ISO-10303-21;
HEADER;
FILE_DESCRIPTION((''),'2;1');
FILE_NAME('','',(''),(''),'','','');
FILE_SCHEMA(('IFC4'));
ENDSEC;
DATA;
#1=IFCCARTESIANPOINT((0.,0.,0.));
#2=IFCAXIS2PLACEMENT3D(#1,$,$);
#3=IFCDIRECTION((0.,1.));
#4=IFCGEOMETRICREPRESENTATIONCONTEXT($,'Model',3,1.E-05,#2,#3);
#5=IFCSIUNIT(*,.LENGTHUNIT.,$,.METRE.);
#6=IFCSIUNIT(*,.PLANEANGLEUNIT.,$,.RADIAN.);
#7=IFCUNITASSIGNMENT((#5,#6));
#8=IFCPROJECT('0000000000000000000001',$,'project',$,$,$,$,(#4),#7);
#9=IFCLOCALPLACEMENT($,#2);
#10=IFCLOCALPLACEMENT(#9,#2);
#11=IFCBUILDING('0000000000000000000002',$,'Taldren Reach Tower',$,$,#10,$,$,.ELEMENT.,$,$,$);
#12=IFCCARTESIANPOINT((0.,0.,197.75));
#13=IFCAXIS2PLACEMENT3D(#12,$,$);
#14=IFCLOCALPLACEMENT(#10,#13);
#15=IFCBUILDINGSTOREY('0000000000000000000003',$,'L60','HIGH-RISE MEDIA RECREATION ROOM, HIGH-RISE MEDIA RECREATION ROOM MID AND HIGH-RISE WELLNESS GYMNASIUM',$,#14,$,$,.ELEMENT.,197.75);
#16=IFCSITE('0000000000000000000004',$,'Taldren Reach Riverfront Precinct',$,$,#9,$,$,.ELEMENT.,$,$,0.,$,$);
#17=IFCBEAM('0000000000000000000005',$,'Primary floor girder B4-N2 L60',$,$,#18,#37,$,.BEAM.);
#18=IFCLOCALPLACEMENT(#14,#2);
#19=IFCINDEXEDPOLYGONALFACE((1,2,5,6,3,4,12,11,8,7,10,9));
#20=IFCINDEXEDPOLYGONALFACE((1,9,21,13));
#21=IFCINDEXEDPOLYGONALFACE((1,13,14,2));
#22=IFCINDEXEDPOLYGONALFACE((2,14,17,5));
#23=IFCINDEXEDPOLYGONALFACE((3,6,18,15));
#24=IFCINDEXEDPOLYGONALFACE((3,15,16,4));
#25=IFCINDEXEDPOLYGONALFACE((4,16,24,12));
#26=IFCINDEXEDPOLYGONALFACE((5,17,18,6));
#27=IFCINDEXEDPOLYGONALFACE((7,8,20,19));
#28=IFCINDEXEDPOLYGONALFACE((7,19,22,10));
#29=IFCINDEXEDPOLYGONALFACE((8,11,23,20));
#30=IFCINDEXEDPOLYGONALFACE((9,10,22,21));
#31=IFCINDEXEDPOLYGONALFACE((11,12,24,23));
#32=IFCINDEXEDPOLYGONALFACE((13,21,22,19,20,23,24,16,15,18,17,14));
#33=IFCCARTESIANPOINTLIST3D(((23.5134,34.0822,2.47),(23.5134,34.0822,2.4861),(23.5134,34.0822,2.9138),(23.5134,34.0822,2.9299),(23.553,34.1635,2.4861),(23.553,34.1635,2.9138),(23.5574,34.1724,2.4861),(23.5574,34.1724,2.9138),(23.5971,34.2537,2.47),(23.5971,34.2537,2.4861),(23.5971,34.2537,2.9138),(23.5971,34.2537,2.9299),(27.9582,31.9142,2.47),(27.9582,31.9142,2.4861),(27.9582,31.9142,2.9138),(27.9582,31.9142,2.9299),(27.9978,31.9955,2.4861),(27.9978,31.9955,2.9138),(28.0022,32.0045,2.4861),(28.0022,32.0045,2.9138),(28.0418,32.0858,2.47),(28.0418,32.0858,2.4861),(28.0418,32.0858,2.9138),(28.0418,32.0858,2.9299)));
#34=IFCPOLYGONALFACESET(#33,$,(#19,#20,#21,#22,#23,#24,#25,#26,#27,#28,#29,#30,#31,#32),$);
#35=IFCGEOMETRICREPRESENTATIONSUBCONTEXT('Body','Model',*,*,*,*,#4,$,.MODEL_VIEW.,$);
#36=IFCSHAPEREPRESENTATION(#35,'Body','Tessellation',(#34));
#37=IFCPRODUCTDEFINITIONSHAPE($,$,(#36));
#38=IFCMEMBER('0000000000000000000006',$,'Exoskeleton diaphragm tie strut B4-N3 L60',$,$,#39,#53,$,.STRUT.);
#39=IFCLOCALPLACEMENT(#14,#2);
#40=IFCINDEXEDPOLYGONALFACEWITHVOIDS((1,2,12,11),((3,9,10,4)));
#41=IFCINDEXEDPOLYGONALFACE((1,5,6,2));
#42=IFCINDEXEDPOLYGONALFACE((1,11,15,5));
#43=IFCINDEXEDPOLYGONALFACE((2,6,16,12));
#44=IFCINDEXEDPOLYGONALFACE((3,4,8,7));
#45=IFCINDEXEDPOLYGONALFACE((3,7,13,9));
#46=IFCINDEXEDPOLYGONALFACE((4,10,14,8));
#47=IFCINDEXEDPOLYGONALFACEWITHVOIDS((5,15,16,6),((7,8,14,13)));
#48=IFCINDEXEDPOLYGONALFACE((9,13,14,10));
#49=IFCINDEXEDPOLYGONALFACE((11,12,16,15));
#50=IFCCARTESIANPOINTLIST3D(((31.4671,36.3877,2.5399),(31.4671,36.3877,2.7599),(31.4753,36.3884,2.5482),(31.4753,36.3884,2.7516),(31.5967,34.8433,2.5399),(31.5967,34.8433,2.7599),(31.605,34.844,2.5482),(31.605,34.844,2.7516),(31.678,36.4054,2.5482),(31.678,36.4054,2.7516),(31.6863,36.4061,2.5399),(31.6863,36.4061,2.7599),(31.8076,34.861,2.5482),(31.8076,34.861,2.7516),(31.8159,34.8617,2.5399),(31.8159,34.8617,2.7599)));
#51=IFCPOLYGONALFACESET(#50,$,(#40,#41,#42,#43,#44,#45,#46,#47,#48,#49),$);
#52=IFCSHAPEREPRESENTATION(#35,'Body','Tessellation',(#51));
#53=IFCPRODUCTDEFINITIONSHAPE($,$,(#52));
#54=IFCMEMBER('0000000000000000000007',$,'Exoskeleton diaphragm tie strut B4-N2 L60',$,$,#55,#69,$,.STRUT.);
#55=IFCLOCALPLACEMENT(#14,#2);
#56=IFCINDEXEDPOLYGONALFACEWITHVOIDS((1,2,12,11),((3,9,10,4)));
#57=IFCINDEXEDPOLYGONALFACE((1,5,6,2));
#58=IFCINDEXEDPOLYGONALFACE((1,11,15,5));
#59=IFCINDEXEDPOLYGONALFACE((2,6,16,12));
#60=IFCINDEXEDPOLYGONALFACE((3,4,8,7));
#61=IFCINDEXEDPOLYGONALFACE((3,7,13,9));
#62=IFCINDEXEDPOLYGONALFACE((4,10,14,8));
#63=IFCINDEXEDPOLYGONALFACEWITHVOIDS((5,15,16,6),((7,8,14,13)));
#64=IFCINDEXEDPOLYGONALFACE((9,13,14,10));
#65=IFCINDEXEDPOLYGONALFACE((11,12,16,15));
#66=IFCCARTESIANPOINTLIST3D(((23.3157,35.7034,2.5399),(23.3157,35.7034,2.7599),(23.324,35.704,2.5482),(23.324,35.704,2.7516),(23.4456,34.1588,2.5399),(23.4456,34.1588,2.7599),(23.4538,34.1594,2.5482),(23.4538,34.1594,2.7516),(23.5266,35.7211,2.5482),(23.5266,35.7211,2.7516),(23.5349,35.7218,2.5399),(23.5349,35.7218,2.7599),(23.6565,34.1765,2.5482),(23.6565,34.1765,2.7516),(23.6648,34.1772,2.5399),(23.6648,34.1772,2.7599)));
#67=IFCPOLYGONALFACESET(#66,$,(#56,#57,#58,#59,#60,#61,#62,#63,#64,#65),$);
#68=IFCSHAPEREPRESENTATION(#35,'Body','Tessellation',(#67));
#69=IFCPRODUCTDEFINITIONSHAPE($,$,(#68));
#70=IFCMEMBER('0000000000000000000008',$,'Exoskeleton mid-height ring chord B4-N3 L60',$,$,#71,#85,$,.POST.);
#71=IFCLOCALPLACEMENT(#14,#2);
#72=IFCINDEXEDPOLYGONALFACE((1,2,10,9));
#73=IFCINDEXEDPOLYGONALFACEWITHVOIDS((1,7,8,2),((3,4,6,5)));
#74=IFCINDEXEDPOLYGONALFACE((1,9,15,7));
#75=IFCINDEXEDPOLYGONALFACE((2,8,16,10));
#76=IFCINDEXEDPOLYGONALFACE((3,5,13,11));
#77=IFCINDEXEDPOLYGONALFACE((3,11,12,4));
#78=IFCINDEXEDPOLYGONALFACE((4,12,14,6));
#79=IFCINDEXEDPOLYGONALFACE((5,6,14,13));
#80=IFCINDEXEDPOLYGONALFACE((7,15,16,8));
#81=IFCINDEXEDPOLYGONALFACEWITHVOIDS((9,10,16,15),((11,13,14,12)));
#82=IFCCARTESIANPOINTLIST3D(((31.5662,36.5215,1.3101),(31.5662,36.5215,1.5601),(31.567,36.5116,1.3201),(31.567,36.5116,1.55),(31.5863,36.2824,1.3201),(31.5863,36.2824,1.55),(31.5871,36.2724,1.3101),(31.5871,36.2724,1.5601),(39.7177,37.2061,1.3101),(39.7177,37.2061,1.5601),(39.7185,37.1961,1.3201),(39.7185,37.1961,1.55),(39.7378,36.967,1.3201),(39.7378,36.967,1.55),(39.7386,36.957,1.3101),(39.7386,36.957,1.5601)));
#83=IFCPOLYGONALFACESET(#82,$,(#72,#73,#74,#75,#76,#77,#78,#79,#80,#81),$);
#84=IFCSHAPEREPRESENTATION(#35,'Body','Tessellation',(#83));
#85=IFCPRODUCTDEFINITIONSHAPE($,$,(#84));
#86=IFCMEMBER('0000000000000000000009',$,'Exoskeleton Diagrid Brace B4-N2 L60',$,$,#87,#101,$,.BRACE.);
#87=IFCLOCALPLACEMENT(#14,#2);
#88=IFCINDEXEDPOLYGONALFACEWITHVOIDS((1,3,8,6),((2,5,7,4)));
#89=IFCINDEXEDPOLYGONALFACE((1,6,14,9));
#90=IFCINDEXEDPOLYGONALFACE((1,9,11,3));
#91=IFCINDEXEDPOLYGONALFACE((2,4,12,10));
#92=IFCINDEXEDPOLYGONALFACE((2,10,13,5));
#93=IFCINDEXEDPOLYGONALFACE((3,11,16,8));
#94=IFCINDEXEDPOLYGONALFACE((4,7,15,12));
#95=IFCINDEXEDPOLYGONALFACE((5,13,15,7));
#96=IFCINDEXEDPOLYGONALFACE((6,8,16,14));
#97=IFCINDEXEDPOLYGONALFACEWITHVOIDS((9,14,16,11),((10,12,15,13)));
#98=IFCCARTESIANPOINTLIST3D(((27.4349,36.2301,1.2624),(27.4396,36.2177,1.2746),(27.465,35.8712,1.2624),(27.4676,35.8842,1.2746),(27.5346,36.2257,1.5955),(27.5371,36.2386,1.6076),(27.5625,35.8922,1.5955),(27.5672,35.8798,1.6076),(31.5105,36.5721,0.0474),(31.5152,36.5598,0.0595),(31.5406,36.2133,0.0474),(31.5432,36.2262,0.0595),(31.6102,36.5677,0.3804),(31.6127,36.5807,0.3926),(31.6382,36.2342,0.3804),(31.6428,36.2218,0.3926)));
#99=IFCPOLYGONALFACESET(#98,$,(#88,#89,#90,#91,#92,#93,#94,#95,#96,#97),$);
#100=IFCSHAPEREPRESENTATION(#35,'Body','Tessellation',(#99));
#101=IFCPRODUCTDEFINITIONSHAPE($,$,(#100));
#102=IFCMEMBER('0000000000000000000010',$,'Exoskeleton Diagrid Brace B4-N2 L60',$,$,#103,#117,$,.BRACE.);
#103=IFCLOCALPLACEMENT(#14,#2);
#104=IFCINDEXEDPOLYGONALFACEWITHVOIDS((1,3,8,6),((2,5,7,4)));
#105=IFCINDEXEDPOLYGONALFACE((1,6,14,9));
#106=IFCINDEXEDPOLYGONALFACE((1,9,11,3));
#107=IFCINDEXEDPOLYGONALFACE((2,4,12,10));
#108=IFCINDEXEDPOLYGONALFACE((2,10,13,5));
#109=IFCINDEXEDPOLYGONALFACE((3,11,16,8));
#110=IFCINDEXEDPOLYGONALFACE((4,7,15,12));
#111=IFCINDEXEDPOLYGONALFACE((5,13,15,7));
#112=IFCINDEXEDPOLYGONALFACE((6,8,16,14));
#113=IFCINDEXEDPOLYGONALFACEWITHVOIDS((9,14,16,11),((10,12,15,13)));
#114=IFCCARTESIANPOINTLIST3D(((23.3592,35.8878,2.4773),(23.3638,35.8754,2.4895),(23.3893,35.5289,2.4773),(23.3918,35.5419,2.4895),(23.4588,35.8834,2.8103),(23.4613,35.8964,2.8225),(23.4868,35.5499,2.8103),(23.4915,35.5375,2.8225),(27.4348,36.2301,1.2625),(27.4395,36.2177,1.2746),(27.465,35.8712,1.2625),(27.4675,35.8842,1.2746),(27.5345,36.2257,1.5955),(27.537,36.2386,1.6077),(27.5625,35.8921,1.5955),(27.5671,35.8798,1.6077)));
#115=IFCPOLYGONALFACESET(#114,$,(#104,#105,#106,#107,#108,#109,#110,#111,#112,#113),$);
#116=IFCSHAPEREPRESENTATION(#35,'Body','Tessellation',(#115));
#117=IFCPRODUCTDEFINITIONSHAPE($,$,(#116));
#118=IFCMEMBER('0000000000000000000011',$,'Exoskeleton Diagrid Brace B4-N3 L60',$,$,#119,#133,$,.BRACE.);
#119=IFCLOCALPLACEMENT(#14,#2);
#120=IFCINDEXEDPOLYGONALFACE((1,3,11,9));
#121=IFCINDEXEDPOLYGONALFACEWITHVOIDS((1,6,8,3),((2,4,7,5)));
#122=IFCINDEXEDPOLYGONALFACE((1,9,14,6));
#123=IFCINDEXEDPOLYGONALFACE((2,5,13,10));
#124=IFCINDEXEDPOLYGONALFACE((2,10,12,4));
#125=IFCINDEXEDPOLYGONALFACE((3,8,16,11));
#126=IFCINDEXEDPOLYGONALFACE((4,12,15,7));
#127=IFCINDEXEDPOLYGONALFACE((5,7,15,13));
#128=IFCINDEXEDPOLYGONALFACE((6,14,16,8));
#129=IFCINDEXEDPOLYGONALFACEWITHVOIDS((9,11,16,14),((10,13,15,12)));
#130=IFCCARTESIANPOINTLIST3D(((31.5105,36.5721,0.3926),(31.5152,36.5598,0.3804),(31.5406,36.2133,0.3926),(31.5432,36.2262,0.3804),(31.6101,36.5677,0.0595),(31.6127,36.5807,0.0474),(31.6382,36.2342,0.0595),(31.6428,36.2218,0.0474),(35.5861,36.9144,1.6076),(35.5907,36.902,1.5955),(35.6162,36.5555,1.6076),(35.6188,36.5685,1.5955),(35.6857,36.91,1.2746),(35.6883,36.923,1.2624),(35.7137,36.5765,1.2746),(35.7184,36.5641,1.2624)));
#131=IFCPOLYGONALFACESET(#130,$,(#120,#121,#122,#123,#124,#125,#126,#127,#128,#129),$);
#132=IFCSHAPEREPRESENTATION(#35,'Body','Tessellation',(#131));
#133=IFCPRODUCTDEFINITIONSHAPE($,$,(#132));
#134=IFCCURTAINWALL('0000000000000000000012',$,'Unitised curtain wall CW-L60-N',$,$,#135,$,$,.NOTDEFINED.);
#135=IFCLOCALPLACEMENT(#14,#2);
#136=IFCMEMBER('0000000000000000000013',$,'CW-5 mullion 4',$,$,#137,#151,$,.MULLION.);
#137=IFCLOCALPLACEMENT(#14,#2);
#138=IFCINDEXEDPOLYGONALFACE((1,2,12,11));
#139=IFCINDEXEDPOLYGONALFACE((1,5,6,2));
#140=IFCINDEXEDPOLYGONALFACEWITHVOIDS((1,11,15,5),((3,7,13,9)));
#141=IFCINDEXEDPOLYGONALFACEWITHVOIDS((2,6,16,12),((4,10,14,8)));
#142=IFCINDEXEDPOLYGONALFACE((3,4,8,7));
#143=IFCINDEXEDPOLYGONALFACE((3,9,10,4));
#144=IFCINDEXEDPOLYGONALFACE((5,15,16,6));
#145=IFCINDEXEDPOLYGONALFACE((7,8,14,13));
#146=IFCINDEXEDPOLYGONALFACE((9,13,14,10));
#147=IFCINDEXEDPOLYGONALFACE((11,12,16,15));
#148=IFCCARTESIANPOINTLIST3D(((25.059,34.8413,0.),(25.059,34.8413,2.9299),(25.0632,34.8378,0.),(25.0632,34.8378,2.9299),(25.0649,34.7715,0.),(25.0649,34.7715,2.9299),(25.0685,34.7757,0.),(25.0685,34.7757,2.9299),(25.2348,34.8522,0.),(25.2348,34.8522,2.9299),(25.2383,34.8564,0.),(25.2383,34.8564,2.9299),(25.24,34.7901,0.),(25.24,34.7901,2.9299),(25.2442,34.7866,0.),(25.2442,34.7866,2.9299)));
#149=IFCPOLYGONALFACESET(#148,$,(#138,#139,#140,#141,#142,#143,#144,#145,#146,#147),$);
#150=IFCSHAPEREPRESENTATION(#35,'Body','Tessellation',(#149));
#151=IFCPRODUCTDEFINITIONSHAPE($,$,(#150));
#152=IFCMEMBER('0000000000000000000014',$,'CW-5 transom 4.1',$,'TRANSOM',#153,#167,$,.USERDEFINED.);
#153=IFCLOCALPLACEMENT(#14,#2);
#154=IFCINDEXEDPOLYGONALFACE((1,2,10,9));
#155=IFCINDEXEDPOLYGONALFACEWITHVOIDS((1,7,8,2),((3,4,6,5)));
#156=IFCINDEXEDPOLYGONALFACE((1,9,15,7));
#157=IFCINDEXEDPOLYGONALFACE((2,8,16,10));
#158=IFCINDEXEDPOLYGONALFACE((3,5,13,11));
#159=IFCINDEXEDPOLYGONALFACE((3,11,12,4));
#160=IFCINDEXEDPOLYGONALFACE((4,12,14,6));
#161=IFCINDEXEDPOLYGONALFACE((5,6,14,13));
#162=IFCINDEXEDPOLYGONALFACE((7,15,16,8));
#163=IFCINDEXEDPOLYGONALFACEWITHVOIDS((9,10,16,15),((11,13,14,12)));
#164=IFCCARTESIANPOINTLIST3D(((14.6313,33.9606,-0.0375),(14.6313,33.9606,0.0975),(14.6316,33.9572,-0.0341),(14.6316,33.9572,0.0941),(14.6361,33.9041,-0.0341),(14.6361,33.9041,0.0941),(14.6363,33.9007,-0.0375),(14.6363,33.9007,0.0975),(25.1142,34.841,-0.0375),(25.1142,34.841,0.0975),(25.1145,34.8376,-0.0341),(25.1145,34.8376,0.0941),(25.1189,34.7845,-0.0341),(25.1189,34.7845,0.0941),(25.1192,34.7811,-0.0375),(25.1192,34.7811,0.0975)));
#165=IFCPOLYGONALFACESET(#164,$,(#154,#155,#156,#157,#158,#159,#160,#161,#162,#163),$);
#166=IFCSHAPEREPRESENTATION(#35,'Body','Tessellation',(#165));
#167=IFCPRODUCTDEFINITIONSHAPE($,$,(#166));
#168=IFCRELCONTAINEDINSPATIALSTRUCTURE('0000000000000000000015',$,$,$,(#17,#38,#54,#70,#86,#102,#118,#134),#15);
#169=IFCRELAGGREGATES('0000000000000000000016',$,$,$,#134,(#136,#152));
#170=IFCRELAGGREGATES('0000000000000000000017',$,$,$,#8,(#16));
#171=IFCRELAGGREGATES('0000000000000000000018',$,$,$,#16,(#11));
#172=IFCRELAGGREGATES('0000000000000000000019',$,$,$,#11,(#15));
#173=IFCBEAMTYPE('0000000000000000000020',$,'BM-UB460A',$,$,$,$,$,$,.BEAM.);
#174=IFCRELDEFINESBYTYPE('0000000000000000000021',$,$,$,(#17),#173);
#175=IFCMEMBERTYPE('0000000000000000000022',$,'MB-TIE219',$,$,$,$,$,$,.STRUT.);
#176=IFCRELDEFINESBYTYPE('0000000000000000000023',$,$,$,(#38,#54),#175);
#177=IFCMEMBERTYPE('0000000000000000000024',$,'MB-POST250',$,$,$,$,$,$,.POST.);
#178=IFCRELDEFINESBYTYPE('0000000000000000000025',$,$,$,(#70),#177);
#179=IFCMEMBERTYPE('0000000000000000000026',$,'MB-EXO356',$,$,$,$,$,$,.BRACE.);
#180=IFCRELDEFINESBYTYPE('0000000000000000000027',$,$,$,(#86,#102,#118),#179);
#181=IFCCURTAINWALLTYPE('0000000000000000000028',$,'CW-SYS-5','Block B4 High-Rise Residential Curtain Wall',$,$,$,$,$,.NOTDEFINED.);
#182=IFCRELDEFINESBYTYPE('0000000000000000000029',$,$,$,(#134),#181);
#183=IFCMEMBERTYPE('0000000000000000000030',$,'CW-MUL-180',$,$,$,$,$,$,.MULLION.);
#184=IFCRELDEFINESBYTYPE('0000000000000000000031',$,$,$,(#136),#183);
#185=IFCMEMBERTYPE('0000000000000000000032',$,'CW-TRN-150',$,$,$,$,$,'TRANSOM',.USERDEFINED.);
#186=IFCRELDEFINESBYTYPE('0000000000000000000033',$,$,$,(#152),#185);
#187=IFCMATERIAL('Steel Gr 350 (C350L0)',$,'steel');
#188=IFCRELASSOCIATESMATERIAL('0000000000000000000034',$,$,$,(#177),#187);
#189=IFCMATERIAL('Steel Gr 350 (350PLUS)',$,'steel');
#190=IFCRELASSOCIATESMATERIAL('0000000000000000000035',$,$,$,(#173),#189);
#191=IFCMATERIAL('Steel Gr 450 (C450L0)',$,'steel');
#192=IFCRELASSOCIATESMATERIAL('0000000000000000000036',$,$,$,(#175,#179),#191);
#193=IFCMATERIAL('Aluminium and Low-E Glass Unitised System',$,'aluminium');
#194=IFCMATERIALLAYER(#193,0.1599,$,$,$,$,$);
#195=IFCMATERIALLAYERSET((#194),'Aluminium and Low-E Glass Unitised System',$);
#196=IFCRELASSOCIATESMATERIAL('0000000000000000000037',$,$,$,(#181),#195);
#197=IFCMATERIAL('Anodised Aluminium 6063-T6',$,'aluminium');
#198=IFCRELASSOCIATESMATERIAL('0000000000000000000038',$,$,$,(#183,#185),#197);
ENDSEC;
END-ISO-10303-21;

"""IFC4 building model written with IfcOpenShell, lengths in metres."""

from ifc_helpers import new_model, si_unit, direction, frame, origin, origin_2d, place, context, subcontext, project, spatial, hollow_rectangle, i_section, extrude, source, transform, mapped, material, layer, layer_set, material_profile, profile_set, type_object, element, aggregate, save


model = new_model("IFC4")

# Units and contexts
model_context = context("Model", 3, precision=1e-05, world=origin(), true_north=direction((0.0, 1.0)))
body_context = subcontext(model_context, "Body", "Model", "MODEL_VIEW")
ifc_project = project(units=[si_unit("LENGTHUNIT", "METRE"), si_unit("PLANEANGLEUNIT", "RADIAN")], contexts=[model_context])

# Site, building, storey
site_placement = place(None, origin())
site = spatial("IfcSite", under=ifc_project, at=site_placement, Name="Taldren Reach Riverfront Precinct", CompositionType="ELEMENT", RefElevation=0.0)
building_placement = place(site_placement, origin())
building = spatial("IfcBuilding", under=site, at=building_placement, Name="Taldren Reach Tower", CompositionType="ELEMENT")
storey_placement = place(building_placement, frame((0.0, 0.0, 197.75)))
storey = spatial("IfcBuildingStorey", under=building, at=storey_placement, Name="L60", Description="HIGH-RISE MEDIA RECREATION ROOM, HIGH-RISE MEDIA RECREATION ROOM MID AND HIGH-RISE WELLNESS GYMNASIUM", CompositionType="ELEMENT", Elevation=197.75)

# Shared definitions
ifc_material_1 = material(Name="Steel Gr 350 (350PLUS)", Category="steel")

# Shared definitions
ifc_material_2 = material(Name="Steel Gr 350 (C350L0)", Category="steel")
ifc_material_profile_1 = material_profile(ifc_material_2, hollow_rectangle(XDim=0.25, YDim=0.25, WallThickness=0.01, at=origin_2d()), Name="250x250x10.0SHS")
ifc_profile_set_1 = profile_set([ifc_material_profile_1], Name="Steel Gr 350 (C350L0)")
member_type_1 = type_object("IfcMemberType", Name="MB-POST250", PredefinedType="POST", material=ifc_profile_set_1)

# Beam
ifc_material_profile_2 = material_profile(ifc_material_1, i_section(OverallWidth=0.1909, OverallDepth=0.46, WebThickness=0.01, FlangeThickness=0.0161, at=origin_2d()), Name="460UB82.1")
ifc_profile_set_2 = profile_set([ifc_material_profile_2], Name="Steel Gr 350 (350PLUS)")
beam_type_1 = type_object("IfcBeamType", Name="BM-UB460A", PredefinedType="BEAM", material=ifc_profile_set_2)
shared_shape_1 = source(origin(), body_context, "Body", "SweptSolid", [
    extrude(i_section(OverallWidth=0.1909, OverallDepth=0.46, WebThickness=0.01, FlangeThickness=0.0161, at=origin_2d()), origin(), (0.0, 0.0, 1.0), 4.9453),
])
beam_1_placement = place(storey_placement, frame((28.0, 32.0, 2.7), z_axis=(-0.898787, 0.438385, 0.0), x_axis=(-0.438385, -0.898787, 0.0)))
element("IfcBeam", 1, at=beam_1_placement, inside=storey, type_object=beam_type_1, Name="Primary floor girder B4-N2 L60", PredefinedType="BEAM", context=body_context, shape_type="MappedRepresentation", body=[
    mapped(shared_shape_1, transform((0.0, 0.0, 0.0), scale=1.0)),
])

# Members
ifc_material_3 = material(Name="Steel Gr 450 (C450L0)", Category="steel")
ifc_material_profile_3 = material_profile(ifc_material_3, hollow_rectangle(XDim=0.22, YDim=0.22, WallThickness=0.0083, at=origin_2d()), Name="220x220x8.2SHS")
ifc_profile_set_3 = profile_set([ifc_material_profile_3], Name="Steel Gr 450 (C450L0)")
member_type_2 = type_object("IfcMemberType", Name="MB-TIE219", PredefinedType="STRUT", material=ifc_profile_set_3)
shared_shape_2 = source(origin(), body_context, "Body", "SweptSolid", [
    extrude(hollow_rectangle(XDim=0.22, YDim=0.22, WallThickness=0.0083, at=origin_2d()), origin(), (0.0, 0.0, 1.0), 1.5498),
])
member_1_placement = place(storey_placement, frame((31.7063, 34.8525, 2.6499), z_axis=(-0.083645, 0.996496, 0.0), x_axis=(-0.996496, -0.083645, 0.0)))
element("IfcMember", 2, at=member_1_placement, inside=storey, type_object=member_type_2, Name="Exoskeleton diaphragm tie strut B4-N3 L60", PredefinedType="STRUT", context=body_context, shape_type="MappedRepresentation", body=[
    mapped(shared_shape_2, transform((0.0, 0.0, 0.0), scale=1.0)),
])
shared_shape_3 = source(origin(), body_context, "Body", "SweptSolid", [
    extrude(hollow_rectangle(XDim=0.22, YDim=0.22, WallThickness=0.0083, at=origin_2d()), origin(), (0.0, 0.0, 1.0), 1.55),
])
member_2_placement = place(storey_placement, frame((23.5552, 34.168, 2.6499), z_axis=(-0.083788, 0.996484, 0.0), x_axis=(-0.996484, -0.083788, 0.0)))
element("IfcMember", 3, at=member_2_placement, inside=storey, type_object=member_type_2, Name="Exoskeleton diaphragm tie strut B4-N2 L60", PredefinedType="STRUT", context=body_context, shape_type="MappedRepresentation", body=[
    mapped(shared_shape_3, transform((0.0, 0.0, 0.0), scale=1.0)),
])
shared_shape_4 = source(origin(), body_context, "Body", "SweptSolid", [
    extrude(hollow_rectangle(XDim=0.25, YDim=0.25, WallThickness=0.01, at=origin_2d()), origin(), (0.0, 0.0, 1.0), 8.1802),
])
member_3_placement = place(storey_placement, frame((31.5767, 36.397, 1.4351), z_axis=(0.996492, 0.083688, 0.0), x_axis=(-0.083688, 0.996492, 0.0)))
element("IfcMember", 4, at=member_3_placement, inside=storey, type_object=member_type_1, Name="Exoskeleton mid-height ring chord B4-N3 L60", PredefinedType="POST", context=body_context, shape_type="MappedRepresentation", body=[
    mapped(shared_shape_4, transform((0.0, 0.0, 0.0), scale=1.0)),
])
ifc_material_profile_4 = material_profile(ifc_material_3, hollow_rectangle(XDim=0.3601, YDim=0.3601, WallThickness=0.0127, at=origin_2d()), Name="360x360x12.7SHS")
ifc_profile_set_4 = profile_set([ifc_material_profile_4], Name="Steel Gr 450 (C450L0)")
member_type_3 = type_object("IfcMemberType", Name="MB-EXO356", PredefinedType="BRACE", material=ifc_profile_set_4)
shared_shape_5 = source(origin(), body_context, "Body", "SweptSolid", [
    extrude(hollow_rectangle(XDim=0.3601, YDim=0.3601, WallThickness=0.0127, at=origin_2d()), origin(), (0.0, 0.0, 1.0), 4.2666),
])
for number, where, z_axis, x_axis, name in (
    (5, (31.5767, 36.397, 0.22), (-0.955234, -0.080165, 0.284785), (0.083628, -0.996497, 0.0), "Exoskeleton Diagrid Brace B4-N2 L60"),
    (6, (27.501, 36.0549, 1.4351), (-0.955245, -0.080224, 0.284731), (0.083688, -0.996492, 0.0), "Exoskeleton Diagrid Brace B4-N2 L60"),
    (7, (31.5767, 36.397, 0.22), (0.955229, 0.080222, 0.284783), (-0.083688, 0.996492, 0.0), "Exoskeleton Diagrid Brace B4-N3 L60"),
):
    element("IfcMember", number, at=place(storey_placement, frame(where, z_axis=z_axis, x_axis=x_axis)), inside=storey, type_object=member_type_3, Name=name, PredefinedType="BRACE", context=body_context, shape_type="MappedRepresentation", body=[
        mapped(shared_shape_5, transform((0.0, 0.0, 0.0), scale=1.0)),
    ])

# Curtain wall, members
ifc_material_4 = material(Name="Aluminium and Low-E Glass Unitised System", Category="aluminium")
ifc_layer_1 = layer(ifc_material_4, 0.1599)
ifc_layer_set_1 = layer_set([ifc_layer_1], Name="Aluminium and Low-E Glass Unitised System")
curtain_wall_type = type_object("IfcCurtainWallType", Name="CW-SYS-5", Description="Block B4 High-Rise Residential Curtain Wall", PredefinedType="NOTDEFINED", material=ifc_layer_set_1)
curtain_wall_placement = place(storey_placement, origin())
curtain_wall = element("IfcCurtainWall", 8, at=curtain_wall_placement, inside=storey, type_object=curtain_wall_type, Name="Unitised curtain wall CW-L60-N", PredefinedType="NOTDEFINED")
ifc_material_5 = material(Name="Anodised Aluminium 6063-T6", Category="aluminium")
ifc_material_profile_5 = material_profile(ifc_material_5, hollow_rectangle(XDim=0.0701, YDim=0.1799, WallThickness=0.0039, at=origin_2d()), Name="ALU-180x70x4RHS")
ifc_profile_set_5 = profile_set([ifc_material_profile_5], Name="Anodised Aluminium 6063-T6")
member_type_4 = type_object("IfcMemberType", Name="CW-MUL-180", PredefinedType="MULLION", material=ifc_profile_set_5)
shared_shape_6 = source(origin(), body_context, "Body", "SweptSolid", [
    extrude(hollow_rectangle(XDim=0.0701, YDim=0.1799, WallThickness=0.0039, at=origin_2d()), origin(), (0.0, 0.0, 1.0), 2.9299),
])
member_4_placement = place(storey_placement, frame((25.1516, 34.814, 0.0), z_axis=(0.0, 0.0, 1.0), x_axis=(0.083678, -0.996493, 0.0)))
member_4 = element("IfcMember", 9, at=member_4_placement, type_object=member_type_4, Name="CW-5 mullion 4", PredefinedType="MULLION", context=body_context, shape_type="MappedRepresentation", body=[
    mapped(shared_shape_6, transform((0.0, 0.0, 0.0), scale=1.0)),
])
ifc_material_profile_6 = material_profile(ifc_material_5, hollow_rectangle(XDim=0.0601, YDim=0.135, WallThickness=0.0034, at=origin_2d()), Name="ALU-135x60x3.5RHS")
ifc_profile_set_6 = profile_set([ifc_material_profile_6], Name="Anodised Aluminium 6063-T6")
member_type_5 = type_object("IfcMemberType", Name="CW-TRN-150", ElementType="TRANSOM", PredefinedType="USERDEFINED", material=ifc_profile_set_6)
shared_shape_7 = source(origin(), body_context, "Body", "SweptSolid", [
    extrude(hollow_rectangle(XDim=0.0601, YDim=0.135, WallThickness=0.0034, at=origin_2d()), origin(), (0.0, 0.0, 1.0), 10.5198),
])
member_5_placement = place(storey_placement, frame((25.1167, 34.811, 0.03), z_axis=(-0.996492, -0.083687, 0.0), x_axis=(0.083687, -0.996492, 0.0)))
member_5 = element("IfcMember", 10, at=member_5_placement, type_object=member_type_5, Name="CW-5 transom 4.1", ObjectType="TRANSOM", PredefinedType="USERDEFINED", context=body_context, shape_type="MappedRepresentation", body=[
    mapped(shared_shape_7, transform((0.0, 0.0, 0.0), scale=1.0)),
])

aggregate(curtain_wall, [member_4, member_5])

save(model, "model.ifc")
